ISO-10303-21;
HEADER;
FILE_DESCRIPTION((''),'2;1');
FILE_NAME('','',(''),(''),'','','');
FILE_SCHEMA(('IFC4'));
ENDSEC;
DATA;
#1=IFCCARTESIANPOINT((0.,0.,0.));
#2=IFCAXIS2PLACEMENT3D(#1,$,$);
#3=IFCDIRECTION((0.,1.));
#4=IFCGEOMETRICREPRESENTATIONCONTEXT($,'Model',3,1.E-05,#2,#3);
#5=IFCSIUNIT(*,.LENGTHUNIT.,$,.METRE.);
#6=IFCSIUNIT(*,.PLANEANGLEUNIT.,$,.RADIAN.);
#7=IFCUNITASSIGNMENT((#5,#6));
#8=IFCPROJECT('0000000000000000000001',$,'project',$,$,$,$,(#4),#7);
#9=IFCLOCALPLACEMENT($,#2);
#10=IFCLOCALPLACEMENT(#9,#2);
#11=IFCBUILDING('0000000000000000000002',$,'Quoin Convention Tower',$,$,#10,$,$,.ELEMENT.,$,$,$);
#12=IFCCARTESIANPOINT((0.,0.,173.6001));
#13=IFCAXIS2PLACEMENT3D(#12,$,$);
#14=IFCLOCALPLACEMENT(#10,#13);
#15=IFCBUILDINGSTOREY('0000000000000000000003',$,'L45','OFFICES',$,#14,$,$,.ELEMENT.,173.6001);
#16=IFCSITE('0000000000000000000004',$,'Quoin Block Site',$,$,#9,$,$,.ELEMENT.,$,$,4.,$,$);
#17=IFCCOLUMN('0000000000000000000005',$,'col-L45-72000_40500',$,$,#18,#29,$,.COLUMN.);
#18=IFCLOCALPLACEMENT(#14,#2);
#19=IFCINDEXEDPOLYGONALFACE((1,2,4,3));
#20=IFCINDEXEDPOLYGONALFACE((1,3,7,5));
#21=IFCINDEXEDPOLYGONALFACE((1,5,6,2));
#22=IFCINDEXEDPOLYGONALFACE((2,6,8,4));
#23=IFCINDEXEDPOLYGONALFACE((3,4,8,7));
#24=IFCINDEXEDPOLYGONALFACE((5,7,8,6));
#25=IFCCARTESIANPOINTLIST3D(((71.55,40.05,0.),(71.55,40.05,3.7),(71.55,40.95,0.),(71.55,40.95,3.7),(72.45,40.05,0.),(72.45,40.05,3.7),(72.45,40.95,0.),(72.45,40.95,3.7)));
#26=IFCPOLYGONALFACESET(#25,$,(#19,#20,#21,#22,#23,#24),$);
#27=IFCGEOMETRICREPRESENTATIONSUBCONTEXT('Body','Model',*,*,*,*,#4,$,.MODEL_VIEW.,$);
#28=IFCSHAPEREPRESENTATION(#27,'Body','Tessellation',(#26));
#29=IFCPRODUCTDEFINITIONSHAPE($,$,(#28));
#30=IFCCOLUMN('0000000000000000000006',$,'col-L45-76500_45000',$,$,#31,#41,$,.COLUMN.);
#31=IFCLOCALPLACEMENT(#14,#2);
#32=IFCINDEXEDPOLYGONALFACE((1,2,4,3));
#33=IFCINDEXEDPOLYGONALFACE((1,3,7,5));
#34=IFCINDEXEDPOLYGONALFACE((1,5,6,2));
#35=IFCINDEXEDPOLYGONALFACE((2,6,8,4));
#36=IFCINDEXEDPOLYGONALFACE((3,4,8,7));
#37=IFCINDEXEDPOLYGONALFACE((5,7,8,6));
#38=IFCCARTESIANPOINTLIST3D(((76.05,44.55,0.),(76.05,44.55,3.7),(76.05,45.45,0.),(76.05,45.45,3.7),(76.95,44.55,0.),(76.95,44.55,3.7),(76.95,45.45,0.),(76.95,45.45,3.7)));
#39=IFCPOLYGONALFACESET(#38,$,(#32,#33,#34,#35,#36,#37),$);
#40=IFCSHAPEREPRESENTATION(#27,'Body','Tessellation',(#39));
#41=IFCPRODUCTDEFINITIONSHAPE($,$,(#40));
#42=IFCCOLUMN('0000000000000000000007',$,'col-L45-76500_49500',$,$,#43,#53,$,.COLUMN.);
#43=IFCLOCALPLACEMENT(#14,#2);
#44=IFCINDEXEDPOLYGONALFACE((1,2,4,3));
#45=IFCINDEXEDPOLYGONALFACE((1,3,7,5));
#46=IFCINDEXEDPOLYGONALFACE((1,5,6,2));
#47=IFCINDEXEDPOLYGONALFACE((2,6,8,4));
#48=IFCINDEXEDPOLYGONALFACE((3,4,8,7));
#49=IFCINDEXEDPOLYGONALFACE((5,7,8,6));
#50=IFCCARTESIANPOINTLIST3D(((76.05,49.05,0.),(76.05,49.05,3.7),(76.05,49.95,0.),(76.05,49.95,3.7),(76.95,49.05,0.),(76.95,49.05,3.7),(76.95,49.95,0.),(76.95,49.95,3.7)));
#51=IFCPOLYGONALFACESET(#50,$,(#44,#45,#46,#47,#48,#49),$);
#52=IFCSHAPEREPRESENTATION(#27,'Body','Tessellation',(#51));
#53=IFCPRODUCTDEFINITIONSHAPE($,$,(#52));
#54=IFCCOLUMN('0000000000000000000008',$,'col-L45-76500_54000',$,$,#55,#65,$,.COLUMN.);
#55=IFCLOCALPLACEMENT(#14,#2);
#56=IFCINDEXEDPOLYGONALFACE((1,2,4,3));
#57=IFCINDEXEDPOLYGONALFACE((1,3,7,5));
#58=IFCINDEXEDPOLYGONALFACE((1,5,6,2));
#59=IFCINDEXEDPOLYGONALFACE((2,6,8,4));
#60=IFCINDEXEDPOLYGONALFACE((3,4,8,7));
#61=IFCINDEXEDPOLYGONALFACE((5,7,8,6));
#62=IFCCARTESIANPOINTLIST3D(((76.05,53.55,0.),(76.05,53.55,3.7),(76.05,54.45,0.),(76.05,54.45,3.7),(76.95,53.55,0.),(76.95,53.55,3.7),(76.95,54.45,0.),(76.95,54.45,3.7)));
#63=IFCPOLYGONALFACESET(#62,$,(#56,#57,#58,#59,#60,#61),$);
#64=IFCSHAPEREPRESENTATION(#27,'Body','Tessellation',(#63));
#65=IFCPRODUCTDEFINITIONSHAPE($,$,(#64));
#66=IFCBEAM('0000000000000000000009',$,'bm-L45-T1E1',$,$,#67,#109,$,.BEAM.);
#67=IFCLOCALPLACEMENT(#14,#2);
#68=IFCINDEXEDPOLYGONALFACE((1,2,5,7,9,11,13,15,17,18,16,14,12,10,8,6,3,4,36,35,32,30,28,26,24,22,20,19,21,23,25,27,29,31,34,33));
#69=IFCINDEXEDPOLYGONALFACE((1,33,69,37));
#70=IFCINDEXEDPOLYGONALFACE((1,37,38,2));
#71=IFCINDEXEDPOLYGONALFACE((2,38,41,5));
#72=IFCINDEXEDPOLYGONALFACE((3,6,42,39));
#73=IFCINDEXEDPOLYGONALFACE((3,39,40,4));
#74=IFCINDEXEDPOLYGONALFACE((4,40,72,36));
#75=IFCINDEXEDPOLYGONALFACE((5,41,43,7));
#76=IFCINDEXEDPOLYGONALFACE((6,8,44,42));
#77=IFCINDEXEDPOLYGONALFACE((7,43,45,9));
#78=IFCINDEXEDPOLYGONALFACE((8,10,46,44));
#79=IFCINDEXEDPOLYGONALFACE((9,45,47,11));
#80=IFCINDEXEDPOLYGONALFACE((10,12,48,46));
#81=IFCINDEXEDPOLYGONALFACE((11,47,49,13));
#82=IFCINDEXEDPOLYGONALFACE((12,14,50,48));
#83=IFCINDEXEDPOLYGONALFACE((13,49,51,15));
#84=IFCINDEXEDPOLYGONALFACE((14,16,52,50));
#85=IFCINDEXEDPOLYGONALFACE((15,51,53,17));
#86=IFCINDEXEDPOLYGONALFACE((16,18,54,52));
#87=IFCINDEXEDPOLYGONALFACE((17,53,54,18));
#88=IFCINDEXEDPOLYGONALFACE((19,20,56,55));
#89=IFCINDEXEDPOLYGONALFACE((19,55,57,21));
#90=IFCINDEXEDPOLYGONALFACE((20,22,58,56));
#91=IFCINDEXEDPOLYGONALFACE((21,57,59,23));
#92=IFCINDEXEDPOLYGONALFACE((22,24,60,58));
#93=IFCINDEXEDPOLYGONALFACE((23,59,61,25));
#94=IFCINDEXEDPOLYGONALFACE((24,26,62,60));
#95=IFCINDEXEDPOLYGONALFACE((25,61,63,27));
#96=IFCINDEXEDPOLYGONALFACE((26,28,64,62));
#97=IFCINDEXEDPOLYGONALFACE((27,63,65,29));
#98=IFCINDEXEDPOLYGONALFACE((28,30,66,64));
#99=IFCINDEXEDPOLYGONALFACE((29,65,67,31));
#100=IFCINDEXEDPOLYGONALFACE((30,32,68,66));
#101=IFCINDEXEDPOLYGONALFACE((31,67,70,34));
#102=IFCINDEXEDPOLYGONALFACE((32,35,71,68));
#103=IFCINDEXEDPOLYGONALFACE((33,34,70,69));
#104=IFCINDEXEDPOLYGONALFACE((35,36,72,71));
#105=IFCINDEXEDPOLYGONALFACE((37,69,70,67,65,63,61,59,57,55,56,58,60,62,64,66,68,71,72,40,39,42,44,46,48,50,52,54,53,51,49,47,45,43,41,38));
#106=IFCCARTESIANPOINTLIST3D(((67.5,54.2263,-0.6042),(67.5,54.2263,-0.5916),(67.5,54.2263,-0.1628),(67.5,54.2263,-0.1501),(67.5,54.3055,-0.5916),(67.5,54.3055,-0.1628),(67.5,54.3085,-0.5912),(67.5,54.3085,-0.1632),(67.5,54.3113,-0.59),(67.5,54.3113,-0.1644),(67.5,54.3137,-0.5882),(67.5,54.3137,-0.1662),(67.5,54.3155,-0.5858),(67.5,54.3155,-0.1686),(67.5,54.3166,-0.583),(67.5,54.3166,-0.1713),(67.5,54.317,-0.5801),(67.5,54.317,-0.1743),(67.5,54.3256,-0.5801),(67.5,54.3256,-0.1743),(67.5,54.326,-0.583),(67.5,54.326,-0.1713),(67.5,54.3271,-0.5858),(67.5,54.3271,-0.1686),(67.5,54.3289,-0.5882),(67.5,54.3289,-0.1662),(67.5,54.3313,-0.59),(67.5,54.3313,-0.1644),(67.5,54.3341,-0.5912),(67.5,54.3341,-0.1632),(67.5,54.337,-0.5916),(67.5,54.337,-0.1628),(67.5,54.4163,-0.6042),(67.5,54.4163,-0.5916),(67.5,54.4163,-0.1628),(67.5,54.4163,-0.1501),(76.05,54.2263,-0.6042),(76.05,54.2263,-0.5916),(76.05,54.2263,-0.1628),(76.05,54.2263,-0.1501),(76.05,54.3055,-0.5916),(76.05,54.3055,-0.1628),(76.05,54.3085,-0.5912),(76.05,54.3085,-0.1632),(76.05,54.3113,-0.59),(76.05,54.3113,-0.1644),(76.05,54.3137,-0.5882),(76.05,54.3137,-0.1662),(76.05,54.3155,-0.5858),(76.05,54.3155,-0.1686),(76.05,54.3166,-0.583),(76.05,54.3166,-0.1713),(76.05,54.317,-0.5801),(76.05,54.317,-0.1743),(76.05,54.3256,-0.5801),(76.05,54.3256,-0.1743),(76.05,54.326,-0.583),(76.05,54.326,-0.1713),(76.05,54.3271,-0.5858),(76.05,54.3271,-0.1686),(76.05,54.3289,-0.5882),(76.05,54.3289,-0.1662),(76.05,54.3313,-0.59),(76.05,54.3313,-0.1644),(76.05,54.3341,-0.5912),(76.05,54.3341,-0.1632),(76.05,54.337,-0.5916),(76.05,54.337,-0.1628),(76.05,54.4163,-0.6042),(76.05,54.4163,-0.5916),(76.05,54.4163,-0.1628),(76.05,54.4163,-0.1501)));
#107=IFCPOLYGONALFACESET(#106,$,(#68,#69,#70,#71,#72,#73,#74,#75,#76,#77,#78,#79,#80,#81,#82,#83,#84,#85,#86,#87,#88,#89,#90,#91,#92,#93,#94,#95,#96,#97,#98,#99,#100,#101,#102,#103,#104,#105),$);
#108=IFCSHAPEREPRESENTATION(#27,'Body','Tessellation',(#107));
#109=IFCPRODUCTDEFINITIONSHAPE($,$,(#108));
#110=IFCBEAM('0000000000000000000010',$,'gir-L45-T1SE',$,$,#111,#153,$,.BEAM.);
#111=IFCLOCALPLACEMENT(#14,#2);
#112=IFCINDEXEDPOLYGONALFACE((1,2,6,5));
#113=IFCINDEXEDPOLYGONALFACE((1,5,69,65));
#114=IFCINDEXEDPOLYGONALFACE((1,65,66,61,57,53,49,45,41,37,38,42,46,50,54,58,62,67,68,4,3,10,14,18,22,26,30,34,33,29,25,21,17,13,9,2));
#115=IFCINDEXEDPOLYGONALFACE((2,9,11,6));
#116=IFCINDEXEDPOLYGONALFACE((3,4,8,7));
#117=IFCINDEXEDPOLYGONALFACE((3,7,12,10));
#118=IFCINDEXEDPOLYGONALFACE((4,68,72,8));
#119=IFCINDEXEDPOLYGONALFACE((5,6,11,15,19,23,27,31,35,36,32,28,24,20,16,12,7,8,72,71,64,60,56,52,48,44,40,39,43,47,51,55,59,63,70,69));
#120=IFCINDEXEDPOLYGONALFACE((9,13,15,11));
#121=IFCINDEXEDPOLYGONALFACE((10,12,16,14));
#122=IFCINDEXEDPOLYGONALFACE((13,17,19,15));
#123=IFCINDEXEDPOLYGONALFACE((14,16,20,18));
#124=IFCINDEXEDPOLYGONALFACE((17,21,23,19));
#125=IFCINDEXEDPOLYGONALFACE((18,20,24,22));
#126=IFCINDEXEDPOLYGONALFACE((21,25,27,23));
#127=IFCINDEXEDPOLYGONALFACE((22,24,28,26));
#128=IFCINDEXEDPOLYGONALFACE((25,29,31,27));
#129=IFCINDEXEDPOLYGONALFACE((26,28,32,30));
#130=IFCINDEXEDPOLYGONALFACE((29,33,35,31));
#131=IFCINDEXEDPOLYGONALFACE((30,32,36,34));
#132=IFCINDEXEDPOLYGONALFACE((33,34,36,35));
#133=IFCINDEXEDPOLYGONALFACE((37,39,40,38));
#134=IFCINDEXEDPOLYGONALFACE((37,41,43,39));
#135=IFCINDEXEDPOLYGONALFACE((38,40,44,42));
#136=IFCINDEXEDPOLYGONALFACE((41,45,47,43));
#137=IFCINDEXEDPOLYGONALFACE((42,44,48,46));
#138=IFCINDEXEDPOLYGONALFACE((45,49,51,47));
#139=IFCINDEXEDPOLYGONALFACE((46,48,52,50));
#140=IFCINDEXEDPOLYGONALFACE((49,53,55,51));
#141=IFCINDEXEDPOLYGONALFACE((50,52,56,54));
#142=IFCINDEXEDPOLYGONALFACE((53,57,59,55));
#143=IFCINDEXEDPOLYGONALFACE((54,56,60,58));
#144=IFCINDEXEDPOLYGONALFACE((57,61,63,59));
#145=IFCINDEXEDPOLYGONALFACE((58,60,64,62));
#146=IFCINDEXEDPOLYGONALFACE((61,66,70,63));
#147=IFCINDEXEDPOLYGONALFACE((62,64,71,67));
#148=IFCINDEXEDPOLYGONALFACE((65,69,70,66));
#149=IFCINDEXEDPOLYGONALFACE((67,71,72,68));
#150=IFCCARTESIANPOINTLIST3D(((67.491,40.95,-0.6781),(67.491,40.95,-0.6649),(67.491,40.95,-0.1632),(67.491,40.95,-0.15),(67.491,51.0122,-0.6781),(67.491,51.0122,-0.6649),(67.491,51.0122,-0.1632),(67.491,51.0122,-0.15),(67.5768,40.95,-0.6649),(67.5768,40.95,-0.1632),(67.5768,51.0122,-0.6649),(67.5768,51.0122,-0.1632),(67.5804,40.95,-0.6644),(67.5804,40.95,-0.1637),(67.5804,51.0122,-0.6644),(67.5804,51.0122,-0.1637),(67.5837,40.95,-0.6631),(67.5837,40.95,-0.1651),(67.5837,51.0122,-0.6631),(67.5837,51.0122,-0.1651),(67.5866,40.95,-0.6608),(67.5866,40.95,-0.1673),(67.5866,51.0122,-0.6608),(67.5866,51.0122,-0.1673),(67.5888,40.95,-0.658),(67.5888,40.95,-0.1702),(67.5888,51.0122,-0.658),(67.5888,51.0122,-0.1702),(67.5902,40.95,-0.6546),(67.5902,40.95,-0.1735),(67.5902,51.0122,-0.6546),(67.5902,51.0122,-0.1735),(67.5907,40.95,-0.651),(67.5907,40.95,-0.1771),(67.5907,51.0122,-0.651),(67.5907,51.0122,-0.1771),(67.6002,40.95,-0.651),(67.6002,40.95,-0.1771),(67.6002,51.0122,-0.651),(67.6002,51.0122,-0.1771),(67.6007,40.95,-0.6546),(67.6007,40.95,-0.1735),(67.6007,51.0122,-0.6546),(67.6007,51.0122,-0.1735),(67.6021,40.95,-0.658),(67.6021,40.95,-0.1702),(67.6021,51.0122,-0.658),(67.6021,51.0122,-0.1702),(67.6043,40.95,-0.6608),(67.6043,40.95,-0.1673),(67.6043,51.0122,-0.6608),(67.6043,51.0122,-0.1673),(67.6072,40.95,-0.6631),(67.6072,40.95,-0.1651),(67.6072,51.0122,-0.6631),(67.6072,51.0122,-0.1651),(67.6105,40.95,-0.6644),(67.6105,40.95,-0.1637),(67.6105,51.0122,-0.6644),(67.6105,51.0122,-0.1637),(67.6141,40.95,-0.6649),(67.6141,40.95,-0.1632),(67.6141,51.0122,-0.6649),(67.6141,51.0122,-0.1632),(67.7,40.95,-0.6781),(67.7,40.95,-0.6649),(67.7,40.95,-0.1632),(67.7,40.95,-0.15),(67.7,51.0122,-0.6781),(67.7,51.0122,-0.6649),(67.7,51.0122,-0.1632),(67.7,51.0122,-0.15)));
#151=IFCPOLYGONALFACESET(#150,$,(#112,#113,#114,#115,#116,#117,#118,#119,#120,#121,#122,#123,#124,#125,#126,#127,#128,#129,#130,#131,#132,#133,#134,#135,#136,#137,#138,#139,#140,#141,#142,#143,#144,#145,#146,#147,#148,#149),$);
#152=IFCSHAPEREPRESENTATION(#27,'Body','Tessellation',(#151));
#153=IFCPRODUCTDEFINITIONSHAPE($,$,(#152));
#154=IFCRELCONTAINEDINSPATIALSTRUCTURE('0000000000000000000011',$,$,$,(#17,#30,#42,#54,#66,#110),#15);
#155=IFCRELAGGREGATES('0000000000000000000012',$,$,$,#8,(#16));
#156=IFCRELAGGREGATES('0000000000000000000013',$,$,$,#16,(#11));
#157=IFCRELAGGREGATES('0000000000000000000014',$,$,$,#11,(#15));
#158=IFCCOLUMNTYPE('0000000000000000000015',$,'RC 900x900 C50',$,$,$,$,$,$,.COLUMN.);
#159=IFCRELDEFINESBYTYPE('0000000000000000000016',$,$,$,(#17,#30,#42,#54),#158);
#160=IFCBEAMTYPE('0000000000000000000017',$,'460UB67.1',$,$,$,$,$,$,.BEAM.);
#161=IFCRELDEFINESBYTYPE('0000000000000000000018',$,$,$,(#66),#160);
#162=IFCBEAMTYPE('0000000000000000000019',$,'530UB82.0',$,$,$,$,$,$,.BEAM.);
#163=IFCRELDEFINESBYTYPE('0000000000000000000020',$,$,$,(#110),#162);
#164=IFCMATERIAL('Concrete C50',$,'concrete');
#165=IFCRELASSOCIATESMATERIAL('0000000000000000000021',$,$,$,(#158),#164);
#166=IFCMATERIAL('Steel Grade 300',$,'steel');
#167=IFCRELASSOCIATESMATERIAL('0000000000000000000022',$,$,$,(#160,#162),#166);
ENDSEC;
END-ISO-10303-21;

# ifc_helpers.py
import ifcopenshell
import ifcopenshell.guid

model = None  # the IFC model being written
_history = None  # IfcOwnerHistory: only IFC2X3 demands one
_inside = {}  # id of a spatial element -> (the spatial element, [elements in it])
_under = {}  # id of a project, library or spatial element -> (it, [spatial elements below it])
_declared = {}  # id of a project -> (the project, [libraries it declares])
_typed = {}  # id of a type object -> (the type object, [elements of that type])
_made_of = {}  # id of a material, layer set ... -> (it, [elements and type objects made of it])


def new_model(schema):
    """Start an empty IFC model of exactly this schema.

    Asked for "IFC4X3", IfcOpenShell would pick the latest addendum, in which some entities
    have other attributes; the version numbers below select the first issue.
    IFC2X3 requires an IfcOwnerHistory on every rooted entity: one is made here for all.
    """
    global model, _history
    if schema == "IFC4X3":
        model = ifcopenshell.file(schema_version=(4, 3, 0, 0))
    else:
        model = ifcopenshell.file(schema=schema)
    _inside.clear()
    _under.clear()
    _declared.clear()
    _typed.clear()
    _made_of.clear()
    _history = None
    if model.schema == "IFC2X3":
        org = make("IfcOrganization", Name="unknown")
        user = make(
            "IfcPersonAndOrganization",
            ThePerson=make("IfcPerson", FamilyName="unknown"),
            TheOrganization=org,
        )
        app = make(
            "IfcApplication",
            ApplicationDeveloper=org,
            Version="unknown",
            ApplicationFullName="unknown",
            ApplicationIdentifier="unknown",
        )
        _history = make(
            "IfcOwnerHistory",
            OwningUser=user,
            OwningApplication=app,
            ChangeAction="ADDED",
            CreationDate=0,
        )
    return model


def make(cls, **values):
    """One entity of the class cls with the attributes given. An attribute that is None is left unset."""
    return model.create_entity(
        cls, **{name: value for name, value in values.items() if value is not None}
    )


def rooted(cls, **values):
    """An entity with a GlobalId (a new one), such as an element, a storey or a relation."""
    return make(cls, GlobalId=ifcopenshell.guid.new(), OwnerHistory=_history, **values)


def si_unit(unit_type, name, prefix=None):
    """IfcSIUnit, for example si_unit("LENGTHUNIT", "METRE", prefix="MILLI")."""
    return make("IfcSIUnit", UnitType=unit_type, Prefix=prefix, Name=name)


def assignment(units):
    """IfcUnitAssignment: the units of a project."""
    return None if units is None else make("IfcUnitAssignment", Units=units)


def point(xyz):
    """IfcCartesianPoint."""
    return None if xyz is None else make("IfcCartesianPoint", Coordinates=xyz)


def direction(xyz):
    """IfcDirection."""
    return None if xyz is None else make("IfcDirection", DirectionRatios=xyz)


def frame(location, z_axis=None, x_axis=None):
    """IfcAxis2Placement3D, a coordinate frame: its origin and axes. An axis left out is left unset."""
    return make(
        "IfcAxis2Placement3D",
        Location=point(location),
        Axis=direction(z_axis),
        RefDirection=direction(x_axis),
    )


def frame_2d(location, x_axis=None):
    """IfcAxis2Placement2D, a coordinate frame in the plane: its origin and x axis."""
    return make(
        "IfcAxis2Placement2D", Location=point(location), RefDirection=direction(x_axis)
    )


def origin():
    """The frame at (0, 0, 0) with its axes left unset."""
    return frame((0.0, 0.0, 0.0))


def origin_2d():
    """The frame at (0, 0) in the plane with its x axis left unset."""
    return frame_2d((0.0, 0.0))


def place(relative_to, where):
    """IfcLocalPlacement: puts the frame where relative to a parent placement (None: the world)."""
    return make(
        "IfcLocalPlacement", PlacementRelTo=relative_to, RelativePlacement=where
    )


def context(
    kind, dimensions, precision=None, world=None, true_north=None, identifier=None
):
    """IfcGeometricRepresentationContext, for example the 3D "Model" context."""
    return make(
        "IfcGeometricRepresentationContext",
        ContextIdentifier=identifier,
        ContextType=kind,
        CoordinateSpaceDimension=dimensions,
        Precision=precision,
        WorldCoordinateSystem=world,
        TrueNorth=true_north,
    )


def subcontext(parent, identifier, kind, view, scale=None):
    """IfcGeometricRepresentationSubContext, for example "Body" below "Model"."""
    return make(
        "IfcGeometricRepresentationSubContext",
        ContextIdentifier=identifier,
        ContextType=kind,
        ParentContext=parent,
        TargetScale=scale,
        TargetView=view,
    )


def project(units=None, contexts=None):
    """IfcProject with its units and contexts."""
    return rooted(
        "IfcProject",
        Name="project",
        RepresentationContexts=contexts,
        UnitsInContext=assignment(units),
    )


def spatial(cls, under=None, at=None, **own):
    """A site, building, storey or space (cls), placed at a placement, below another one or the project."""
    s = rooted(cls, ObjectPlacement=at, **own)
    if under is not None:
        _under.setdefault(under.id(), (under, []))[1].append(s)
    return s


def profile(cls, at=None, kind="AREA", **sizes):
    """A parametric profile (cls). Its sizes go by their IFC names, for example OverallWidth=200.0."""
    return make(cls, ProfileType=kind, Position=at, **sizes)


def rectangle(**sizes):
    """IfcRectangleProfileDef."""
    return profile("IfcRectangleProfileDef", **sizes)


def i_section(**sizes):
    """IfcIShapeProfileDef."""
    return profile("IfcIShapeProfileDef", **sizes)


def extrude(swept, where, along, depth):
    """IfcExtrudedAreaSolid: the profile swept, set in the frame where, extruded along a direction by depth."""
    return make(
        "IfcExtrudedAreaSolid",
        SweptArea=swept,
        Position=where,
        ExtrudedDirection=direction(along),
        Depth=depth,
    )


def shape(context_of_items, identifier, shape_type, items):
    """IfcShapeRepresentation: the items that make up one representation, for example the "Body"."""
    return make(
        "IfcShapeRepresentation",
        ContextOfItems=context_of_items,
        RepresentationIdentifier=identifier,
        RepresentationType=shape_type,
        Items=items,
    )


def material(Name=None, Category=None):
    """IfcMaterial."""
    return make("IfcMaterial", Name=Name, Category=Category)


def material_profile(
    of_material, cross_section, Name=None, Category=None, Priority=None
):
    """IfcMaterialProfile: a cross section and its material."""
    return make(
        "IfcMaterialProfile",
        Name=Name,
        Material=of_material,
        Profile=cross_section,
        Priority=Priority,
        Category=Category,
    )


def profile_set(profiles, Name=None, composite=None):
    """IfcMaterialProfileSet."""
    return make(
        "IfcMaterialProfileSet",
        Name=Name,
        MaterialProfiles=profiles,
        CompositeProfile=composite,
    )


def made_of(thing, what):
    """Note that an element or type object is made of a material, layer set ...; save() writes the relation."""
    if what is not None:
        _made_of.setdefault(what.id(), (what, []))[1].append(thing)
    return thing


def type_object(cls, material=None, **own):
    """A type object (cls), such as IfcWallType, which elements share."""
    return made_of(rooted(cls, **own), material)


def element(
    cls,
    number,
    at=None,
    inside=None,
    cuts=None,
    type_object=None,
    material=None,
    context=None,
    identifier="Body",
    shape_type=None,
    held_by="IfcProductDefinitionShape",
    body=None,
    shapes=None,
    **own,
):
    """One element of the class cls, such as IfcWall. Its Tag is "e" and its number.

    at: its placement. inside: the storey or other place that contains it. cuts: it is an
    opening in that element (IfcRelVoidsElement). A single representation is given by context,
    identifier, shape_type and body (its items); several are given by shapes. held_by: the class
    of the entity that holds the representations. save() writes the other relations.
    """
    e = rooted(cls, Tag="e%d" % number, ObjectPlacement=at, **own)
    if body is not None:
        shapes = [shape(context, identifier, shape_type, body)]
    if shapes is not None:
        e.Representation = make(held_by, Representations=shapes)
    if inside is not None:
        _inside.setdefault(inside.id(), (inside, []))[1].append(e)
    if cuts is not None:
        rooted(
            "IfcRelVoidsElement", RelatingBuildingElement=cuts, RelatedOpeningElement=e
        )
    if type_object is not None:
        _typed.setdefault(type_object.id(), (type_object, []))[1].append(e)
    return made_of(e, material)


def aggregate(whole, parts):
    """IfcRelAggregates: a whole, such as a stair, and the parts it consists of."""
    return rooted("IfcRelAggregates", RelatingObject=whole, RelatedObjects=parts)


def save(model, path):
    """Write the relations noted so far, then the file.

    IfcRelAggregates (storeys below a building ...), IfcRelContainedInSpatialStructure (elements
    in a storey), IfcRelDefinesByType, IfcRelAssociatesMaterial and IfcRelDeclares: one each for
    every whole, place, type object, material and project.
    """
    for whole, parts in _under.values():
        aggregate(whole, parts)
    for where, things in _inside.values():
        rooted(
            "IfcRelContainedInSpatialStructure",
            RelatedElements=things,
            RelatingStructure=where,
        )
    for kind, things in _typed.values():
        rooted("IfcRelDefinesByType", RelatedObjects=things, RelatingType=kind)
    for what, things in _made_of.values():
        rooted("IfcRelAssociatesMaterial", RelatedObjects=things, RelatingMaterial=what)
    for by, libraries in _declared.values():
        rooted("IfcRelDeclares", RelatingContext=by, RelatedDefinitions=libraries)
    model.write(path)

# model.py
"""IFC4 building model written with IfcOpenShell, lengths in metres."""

from ifc_helpers import new_model, si_unit, direction, frame, origin, origin_2d, place, context, subcontext, project, spatial, rectangle, i_section, extrude, material, material_profile, profile_set, type_object, element, save


model = new_model("IFC4")

# Units and contexts
model_context = context("Model", 3, precision=1e-05, world=origin(), true_north=direction((0.0, 1.0)))
body_context = subcontext(model_context, "Body", "Model", "MODEL_VIEW")
ifc_project = project(units=[si_unit("LENGTHUNIT", "METRE"), si_unit("PLANEANGLEUNIT", "RADIAN")], contexts=[model_context])

# Site, building, storey
site_placement = place(None, origin())
site = spatial("IfcSite", under=ifc_project, at=site_placement, Name="Quoin Block Site", CompositionType="ELEMENT", RefElevation=4.0)
building_placement = place(site_placement, origin())
building = spatial("IfcBuilding", under=site, at=building_placement, Name="Quoin Convention Tower", CompositionType="ELEMENT")
storey_placement = place(building_placement, frame((0.0, 0.0, 173.6001)))
storey = spatial("IfcBuildingStorey", under=building, at=storey_placement, Name="L45", Description="OFFICES", CompositionType="ELEMENT", Elevation=173.6001)

# Columns
ifc_material_1 = material(Name="Concrete C50", Category="concrete")
ifc_material_profile_1 = material_profile(ifc_material_1, rectangle(XDim=0.8999, YDim=0.8999, at=origin_2d()), Name="RC 900x900")
ifc_profile_set_1 = profile_set([ifc_material_profile_1], Name="Concrete C50")
column_type = type_object("IfcColumnType", Name="RC 900x900 C50", PredefinedType="COLUMN", material=ifc_profile_set_1)
for number, where, z_axis, x_axis, name in (
    (1, (72.0, 40.5, 0.0), (0.0, 0.0, 1.0), (1.0, 0.0, 0.0), "col-L45-72000_40500"),
    (2, (76.5, 45.0, 0.0), (0.0, 0.0, 1.0), (1.0, 0.0, 0.0), "col-L45-76500_45000"),
    (3, (76.5, 49.5, 0.0), (0.0, 0.0, 1.0), (1.0, 0.0, 0.0), "col-L45-76500_49500"),
    (4, (76.5, 54.0, 0.0), (0.0, 0.0, 1.0), (1.0, 0.0, 0.0), "col-L45-76500_54000"),
):
    element("IfcColumn", number, at=place(storey_placement, frame(where, z_axis=z_axis, x_axis=x_axis)), inside=storey, type_object=column_type, Name=name, PredefinedType="COLUMN", context=body_context, shape_type="SweptSolid", body=[
        extrude(rectangle(XDim=0.8999, YDim=0.8999, at=origin_2d()), origin(), (0.0, 0.0, 1.0), 3.7),
    ])

# Beams
ifc_material_2 = material(Name="Steel Grade 300", Category="steel")
ifc_material_profile_2 = material_profile(ifc_material_2, i_section(OverallWidth=0.1899, OverallDepth=0.4541, WebThickness=0.0085, FlangeThickness=0.0127, FilletRadius=0.0115, at=origin_2d()), Name="460UB67.1")
ifc_profile_set_2 = profile_set([ifc_material_profile_2], Name="Steel Grade 300")
beam_type_1 = type_object("IfcBeamType", Name="460UB67.1", PredefinedType="BEAM", material=ifc_profile_set_2)
beam_1_placement = place(storey_placement, frame((67.5, 54.3213, -0.3772), z_axis=(1.0, 0.0, 0.0), x_axis=(0.0, 1.0, 0.0)))
element("IfcBeam", 5, at=beam_1_placement, inside=storey, type_object=beam_type_1, Name="bm-L45-T1E1", PredefinedType="BEAM", context=body_context, shape_type="SweptSolid", body=[
    extrude(i_section(OverallWidth=0.1899, OverallDepth=0.4541, WebThickness=0.0085, FlangeThickness=0.0127, FilletRadius=0.0115, at=origin_2d()), origin(), (0.0, 0.0, 1.0), 8.55),
])
ifc_material_profile_3 = material_profile(ifc_material_2, i_section(OverallWidth=0.209, OverallDepth=0.5281, WebThickness=0.0095, FlangeThickness=0.0132, FilletRadius=0.0139, at=origin_2d()), Name="530UB82.0")
ifc_profile_set_3 = profile_set([ifc_material_profile_3], Name="Steel Grade 300")
beam_type_2 = type_object("IfcBeamType", Name="530UB82.0", PredefinedType="BEAM", material=ifc_profile_set_3)
beam_2_placement = place(storey_placement, frame((67.5955, 40.95, -0.4141), z_axis=(0.0, 1.0, 0.0), x_axis=(-1.0, 0.0, 0.0)))
element("IfcBeam", 6, at=beam_2_placement, inside=storey, type_object=beam_type_2, Name="gir-L45-T1SE", PredefinedType="BEAM", context=body_context, shape_type="SweptSolid", body=[
    extrude(i_section(OverallWidth=0.209, OverallDepth=0.5281, WebThickness=0.0095, FlangeThickness=0.0132, FilletRadius=0.0139, at=origin_2d()), origin(), (0.0, 0.0, 1.0), 10.0623),
])

save(model, "model.ifc")
